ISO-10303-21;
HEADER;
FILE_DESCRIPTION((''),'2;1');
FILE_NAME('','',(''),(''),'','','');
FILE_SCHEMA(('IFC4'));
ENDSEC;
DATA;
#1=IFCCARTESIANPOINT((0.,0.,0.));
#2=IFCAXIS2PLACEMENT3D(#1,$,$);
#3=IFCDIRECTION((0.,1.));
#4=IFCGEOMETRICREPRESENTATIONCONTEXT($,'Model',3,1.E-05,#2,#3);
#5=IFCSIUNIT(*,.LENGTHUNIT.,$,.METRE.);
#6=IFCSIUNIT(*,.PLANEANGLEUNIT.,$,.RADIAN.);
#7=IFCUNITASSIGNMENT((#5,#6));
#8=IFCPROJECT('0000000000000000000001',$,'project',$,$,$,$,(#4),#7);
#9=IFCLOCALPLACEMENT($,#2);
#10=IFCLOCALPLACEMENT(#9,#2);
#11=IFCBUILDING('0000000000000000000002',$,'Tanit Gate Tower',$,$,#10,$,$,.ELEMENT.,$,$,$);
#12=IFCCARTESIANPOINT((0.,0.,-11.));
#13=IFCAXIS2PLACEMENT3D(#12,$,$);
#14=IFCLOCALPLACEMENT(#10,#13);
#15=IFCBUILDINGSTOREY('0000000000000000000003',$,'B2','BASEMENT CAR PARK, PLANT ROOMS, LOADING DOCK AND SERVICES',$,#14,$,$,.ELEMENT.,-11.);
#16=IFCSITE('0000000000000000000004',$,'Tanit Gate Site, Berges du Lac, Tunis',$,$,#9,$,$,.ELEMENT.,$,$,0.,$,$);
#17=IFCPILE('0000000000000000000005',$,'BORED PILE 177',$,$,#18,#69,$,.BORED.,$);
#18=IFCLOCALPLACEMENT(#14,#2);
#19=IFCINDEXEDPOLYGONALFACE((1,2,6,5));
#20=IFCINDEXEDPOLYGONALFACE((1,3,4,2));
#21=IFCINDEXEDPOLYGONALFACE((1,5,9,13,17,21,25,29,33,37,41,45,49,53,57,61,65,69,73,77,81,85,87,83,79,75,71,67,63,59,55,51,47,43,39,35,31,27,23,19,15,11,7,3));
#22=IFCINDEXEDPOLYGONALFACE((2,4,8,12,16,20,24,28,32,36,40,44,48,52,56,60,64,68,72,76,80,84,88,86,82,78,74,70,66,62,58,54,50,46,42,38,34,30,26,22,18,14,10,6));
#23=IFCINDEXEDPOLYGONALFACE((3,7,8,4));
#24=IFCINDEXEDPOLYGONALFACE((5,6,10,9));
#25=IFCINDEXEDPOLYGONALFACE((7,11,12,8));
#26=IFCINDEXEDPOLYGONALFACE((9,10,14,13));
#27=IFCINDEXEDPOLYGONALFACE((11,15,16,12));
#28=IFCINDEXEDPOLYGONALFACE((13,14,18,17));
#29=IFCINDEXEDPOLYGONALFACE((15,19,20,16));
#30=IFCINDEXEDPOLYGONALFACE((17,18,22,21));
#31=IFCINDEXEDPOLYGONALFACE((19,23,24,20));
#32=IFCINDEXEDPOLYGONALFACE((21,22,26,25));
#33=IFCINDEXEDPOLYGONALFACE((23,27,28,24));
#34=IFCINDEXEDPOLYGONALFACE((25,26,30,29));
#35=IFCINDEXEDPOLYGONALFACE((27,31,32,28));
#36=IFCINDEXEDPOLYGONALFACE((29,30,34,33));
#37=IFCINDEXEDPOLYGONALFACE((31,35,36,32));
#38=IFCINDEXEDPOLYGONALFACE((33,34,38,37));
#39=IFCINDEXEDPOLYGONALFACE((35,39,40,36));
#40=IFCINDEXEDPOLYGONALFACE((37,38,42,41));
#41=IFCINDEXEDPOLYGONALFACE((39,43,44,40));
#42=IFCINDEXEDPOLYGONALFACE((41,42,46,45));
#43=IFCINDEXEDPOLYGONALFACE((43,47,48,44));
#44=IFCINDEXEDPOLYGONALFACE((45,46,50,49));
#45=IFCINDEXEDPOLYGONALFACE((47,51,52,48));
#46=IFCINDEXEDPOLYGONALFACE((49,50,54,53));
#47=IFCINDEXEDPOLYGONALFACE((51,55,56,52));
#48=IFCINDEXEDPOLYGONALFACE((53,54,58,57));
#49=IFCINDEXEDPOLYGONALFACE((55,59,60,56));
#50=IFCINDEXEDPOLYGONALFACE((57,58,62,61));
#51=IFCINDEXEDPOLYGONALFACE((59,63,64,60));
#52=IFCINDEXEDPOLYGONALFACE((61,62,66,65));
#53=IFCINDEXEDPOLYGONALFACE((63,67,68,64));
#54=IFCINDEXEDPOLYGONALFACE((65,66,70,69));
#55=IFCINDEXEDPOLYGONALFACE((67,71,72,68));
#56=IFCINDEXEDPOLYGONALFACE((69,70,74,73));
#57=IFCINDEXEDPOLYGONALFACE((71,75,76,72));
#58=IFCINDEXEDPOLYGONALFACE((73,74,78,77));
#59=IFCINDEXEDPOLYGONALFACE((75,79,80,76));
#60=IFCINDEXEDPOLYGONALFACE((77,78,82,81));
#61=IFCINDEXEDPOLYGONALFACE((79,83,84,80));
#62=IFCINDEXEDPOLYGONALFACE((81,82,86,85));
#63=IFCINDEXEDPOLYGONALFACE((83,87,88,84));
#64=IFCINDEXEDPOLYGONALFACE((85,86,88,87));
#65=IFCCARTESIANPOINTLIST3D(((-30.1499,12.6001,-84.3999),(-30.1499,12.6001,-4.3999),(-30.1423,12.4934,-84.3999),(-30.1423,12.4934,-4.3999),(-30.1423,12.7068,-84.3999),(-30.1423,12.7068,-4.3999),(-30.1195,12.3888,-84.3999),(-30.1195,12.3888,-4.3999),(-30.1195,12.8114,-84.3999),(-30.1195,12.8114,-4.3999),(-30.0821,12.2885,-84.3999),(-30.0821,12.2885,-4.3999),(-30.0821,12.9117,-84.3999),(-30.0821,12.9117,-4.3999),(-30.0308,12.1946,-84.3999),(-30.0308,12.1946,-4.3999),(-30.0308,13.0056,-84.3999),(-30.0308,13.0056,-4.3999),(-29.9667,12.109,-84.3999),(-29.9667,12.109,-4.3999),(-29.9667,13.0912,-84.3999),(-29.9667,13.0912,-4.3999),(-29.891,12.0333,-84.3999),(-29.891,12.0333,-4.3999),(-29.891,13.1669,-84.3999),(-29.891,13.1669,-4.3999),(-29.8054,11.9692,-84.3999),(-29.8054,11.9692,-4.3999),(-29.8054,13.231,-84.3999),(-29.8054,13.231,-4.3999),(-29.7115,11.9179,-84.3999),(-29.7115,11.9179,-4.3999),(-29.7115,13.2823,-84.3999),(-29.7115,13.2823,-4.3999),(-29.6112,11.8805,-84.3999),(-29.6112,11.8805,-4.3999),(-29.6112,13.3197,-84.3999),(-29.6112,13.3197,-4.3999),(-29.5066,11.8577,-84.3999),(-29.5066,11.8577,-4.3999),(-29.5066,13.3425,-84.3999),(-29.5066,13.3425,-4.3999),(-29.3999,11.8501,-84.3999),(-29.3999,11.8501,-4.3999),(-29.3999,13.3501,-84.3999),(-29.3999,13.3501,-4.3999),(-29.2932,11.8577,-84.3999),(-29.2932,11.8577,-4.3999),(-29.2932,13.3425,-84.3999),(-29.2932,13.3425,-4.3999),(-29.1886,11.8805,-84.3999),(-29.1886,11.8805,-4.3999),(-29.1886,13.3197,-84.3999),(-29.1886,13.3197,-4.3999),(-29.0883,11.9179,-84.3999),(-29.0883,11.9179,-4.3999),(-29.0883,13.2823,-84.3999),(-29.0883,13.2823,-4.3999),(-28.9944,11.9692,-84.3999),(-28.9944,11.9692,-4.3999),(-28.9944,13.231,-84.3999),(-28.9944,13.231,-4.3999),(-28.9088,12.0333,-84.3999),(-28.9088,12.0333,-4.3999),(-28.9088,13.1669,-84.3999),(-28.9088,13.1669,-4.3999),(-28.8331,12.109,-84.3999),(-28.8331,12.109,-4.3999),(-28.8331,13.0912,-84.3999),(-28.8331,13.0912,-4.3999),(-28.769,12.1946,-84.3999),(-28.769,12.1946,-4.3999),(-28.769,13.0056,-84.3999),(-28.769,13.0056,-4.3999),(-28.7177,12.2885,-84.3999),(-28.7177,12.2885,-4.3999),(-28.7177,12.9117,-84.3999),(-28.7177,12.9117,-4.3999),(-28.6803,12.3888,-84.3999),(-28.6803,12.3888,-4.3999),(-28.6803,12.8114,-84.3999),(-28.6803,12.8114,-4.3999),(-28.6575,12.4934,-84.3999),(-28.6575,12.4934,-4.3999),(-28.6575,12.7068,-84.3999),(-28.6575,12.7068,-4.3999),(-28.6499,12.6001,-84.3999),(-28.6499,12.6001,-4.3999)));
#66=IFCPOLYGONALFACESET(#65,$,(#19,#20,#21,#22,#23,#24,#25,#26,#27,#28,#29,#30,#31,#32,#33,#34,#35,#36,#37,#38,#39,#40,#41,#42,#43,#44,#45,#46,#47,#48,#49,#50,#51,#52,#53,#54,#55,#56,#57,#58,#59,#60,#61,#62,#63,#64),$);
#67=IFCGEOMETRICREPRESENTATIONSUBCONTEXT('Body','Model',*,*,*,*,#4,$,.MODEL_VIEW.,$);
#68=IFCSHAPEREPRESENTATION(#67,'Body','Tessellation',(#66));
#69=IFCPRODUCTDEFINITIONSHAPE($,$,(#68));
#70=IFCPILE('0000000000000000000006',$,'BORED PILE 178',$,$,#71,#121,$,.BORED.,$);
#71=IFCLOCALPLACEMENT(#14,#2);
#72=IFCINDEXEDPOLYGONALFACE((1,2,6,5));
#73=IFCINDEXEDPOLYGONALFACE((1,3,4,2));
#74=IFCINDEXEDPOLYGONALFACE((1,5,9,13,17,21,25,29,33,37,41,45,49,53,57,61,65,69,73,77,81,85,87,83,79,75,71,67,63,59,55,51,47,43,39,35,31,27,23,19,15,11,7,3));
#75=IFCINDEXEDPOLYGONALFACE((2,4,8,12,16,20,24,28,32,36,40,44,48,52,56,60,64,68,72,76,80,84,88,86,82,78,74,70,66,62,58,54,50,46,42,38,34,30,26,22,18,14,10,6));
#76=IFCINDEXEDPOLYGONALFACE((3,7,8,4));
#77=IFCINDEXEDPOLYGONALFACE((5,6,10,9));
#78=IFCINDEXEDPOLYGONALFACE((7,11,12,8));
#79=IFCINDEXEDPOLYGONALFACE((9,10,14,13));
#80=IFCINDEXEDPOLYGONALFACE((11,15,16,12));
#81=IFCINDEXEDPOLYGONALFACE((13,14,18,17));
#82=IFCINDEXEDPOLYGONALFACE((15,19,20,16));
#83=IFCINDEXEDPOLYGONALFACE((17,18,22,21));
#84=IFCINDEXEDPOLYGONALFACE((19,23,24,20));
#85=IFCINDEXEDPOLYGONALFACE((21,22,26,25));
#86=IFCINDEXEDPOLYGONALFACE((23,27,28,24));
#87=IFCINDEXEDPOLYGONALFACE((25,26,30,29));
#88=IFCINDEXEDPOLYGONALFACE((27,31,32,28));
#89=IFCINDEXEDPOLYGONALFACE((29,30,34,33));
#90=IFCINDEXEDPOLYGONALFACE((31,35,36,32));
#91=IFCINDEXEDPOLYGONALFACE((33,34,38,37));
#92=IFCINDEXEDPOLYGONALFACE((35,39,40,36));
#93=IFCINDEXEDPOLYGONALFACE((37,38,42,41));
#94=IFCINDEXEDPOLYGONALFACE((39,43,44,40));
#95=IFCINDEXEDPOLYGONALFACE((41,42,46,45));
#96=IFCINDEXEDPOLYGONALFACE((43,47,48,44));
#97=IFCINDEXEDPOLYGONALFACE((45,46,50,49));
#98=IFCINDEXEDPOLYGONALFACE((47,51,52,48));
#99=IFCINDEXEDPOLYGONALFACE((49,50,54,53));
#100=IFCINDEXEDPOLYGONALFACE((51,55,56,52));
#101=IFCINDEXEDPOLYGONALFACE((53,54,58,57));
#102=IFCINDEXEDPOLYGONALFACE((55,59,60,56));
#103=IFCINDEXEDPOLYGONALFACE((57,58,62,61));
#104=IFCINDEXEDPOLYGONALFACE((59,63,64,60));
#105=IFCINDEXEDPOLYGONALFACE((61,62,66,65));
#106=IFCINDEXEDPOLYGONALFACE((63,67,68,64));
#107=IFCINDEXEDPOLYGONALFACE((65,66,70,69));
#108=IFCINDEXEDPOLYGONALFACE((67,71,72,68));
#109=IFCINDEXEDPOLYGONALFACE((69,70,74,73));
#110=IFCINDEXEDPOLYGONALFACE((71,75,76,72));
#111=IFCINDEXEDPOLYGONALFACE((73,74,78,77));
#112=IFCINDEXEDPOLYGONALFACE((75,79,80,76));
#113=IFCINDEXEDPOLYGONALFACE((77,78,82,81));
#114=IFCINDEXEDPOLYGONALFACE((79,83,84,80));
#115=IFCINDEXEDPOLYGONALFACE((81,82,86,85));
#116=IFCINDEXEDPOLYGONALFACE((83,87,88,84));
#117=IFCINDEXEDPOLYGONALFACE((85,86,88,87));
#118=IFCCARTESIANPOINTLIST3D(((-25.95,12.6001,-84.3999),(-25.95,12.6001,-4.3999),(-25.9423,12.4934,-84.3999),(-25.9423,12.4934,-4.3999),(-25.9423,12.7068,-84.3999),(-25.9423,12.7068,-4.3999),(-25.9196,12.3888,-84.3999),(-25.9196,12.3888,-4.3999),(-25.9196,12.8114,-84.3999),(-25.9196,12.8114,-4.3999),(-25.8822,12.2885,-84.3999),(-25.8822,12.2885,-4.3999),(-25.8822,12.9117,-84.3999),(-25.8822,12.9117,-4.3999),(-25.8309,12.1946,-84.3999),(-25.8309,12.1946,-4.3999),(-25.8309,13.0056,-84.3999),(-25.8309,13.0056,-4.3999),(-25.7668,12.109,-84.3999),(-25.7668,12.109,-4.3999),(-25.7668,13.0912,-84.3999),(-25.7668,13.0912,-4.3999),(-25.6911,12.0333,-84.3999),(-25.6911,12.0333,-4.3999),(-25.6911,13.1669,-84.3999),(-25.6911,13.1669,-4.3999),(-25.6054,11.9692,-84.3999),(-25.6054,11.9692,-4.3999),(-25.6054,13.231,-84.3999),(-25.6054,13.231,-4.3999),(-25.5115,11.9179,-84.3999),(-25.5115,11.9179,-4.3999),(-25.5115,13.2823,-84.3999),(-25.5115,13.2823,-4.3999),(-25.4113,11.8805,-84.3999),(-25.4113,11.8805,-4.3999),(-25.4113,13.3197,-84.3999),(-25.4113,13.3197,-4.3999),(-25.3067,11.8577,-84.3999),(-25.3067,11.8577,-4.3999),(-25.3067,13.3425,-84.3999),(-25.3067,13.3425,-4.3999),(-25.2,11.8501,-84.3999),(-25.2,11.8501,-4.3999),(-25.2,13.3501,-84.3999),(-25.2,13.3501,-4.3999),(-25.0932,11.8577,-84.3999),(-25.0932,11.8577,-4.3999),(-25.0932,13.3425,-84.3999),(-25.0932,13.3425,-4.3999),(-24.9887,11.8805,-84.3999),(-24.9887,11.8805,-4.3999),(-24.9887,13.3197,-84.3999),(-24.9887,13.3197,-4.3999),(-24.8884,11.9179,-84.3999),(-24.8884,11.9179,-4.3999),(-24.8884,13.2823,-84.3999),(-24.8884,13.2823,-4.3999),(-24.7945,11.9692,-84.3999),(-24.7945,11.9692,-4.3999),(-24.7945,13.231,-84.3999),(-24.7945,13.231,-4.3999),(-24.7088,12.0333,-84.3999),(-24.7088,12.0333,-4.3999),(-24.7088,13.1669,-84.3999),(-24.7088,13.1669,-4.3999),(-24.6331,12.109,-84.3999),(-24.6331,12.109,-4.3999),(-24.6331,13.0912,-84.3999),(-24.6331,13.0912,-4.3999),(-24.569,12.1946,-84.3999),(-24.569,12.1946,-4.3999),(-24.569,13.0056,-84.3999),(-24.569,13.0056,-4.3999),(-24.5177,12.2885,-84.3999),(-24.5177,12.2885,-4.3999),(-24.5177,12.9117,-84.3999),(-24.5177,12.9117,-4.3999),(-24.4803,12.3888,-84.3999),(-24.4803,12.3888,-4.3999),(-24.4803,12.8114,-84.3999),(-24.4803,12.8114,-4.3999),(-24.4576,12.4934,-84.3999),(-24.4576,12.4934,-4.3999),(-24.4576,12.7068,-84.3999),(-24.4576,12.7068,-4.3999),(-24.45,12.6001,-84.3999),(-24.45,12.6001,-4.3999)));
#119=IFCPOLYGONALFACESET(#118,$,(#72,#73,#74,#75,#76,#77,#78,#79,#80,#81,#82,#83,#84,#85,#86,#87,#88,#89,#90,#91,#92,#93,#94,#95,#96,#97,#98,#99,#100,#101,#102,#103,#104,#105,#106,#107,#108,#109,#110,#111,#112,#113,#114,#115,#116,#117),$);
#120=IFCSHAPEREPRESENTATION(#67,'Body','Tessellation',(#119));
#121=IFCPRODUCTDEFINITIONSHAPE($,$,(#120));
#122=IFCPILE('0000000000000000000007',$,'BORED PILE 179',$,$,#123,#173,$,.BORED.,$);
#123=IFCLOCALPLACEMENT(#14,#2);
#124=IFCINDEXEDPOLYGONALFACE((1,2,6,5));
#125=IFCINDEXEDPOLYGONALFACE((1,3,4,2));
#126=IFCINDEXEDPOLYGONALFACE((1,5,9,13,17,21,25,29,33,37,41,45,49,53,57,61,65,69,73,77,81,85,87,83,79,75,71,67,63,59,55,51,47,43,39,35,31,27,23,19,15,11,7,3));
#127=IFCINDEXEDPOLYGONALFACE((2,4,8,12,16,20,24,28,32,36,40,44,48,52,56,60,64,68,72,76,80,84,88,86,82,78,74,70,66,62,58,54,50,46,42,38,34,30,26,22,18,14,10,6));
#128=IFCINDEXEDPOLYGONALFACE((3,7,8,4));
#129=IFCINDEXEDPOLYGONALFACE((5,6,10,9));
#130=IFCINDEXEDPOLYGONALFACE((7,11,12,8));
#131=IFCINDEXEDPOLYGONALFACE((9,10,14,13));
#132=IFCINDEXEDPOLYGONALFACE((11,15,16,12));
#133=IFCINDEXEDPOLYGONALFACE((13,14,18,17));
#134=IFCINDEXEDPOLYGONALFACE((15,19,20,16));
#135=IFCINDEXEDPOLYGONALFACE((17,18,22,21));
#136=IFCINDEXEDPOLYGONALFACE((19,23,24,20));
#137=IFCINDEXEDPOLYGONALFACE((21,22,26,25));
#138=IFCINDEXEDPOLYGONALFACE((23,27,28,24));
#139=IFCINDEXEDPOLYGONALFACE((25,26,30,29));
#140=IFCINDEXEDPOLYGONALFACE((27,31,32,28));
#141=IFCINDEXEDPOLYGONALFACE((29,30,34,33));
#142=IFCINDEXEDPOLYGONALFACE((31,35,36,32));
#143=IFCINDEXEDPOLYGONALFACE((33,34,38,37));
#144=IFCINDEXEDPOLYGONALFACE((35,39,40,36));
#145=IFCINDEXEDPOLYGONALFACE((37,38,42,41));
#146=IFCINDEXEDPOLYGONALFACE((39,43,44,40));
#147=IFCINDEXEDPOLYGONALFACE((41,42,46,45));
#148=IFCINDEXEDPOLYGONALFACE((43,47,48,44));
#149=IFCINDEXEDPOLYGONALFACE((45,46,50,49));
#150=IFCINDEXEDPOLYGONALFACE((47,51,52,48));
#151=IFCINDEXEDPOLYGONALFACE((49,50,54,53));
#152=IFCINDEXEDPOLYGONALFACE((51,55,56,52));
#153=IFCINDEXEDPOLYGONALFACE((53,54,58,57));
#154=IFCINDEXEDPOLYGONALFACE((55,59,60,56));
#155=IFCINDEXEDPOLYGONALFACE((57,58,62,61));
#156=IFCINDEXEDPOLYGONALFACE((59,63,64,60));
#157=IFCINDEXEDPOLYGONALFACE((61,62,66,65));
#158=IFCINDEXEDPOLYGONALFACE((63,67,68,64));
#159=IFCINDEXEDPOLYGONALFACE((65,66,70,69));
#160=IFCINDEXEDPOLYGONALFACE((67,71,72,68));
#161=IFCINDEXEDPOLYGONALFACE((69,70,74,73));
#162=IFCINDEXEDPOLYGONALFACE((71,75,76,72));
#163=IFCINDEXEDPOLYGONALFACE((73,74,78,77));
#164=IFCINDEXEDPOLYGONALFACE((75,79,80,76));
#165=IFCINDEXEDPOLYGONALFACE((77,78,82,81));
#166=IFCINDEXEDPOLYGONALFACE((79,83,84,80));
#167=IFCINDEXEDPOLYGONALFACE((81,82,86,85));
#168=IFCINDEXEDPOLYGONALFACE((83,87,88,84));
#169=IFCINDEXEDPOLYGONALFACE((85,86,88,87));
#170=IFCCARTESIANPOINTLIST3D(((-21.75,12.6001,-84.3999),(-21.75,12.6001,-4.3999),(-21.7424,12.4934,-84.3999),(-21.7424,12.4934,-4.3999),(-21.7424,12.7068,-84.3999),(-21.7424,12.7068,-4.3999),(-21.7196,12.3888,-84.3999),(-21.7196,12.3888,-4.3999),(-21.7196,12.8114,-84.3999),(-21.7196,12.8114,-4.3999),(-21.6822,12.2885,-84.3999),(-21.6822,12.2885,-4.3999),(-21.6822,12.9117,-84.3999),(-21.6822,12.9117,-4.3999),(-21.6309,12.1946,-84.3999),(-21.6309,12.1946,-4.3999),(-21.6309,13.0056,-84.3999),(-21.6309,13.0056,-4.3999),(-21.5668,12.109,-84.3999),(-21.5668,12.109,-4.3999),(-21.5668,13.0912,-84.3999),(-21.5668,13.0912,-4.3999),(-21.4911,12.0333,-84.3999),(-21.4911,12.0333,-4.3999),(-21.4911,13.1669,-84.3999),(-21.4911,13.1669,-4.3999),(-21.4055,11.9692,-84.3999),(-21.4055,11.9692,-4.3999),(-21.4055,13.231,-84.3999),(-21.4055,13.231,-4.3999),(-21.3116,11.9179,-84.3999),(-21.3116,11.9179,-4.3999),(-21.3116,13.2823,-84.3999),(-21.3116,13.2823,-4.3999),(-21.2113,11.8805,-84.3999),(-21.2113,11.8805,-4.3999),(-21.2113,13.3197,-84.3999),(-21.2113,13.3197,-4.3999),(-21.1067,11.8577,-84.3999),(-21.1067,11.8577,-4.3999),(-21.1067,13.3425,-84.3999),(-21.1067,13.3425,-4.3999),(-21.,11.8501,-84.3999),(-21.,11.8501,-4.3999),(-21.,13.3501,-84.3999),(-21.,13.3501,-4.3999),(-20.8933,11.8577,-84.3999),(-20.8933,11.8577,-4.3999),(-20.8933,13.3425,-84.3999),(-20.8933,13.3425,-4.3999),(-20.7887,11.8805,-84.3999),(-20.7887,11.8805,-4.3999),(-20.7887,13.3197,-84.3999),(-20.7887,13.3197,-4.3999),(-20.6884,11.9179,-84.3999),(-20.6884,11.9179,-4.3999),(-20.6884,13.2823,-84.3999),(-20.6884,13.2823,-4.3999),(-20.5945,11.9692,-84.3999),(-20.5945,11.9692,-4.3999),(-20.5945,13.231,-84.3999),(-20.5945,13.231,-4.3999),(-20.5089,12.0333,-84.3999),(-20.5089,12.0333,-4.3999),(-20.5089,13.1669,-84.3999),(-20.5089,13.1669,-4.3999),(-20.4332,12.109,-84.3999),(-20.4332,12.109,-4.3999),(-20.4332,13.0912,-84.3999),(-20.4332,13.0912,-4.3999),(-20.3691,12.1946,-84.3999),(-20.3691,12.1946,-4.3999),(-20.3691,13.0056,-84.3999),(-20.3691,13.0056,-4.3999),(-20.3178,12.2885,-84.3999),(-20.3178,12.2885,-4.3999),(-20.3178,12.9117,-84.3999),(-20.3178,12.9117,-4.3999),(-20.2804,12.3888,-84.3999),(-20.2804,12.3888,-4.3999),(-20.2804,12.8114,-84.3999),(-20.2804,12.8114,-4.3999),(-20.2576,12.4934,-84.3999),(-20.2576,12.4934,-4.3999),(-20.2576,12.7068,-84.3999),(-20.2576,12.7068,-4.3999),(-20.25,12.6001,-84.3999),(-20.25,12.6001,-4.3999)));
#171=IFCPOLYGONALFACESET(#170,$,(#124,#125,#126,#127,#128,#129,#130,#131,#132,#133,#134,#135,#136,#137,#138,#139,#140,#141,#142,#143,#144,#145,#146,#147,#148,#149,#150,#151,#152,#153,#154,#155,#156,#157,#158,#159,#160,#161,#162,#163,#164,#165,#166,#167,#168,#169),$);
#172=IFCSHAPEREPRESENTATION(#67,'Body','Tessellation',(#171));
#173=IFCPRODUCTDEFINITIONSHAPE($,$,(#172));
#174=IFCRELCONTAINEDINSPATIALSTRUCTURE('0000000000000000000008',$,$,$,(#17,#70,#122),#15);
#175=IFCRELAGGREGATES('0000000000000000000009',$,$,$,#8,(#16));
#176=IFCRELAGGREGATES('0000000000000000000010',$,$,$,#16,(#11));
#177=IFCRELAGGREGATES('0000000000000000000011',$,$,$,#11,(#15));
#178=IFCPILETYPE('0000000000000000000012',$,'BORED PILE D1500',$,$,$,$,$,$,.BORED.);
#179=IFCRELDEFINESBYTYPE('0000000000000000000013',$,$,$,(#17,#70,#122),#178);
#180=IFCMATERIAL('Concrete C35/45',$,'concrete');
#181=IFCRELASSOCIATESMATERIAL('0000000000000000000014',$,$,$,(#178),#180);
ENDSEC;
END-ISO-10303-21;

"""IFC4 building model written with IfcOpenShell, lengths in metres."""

from ifc_helpers import new_model, si_unit, direction, frame, origin, origin_2d, place, context, subcontext, project, spatial, circle, extrude, material, material_profile, profile_set, type_object, element, save


model = new_model("IFC4")

# Units and contexts
model_context = context("Model", 3, precision=1e-05, world=origin(), true_north=direction((0.0, 1.0)))
body_context = subcontext(model_context, "Body", "Model", "MODEL_VIEW")
ifc_project = project(units=[si_unit("LENGTHUNIT", "METRE"), si_unit("PLANEANGLEUNIT", "RADIAN")], contexts=[model_context])

# Site, building, storey
site_placement = place(None, origin())
site = spatial("IfcSite", under=ifc_project, at=site_placement, Name="Tanit Gate Site, Berges du Lac, Tunis", CompositionType="ELEMENT", RefElevation=0.0)
building_placement = place(site_placement, origin())
building = spatial("IfcBuilding", under=site, at=building_placement, Name="Tanit Gate Tower", CompositionType="ELEMENT")
storey_placement = place(building_placement, frame((0.0, 0.0, -11.0)))
storey = spatial("IfcBuildingStorey", under=building, at=storey_placement, Name="B2", Description="BASEMENT CAR PARK, PLANT ROOMS, LOADING DOCK AND SERVICES", CompositionType="ELEMENT", Elevation=-11.0)

# Piles
ifc_material_1 = material(Name="Concrete C35/45", Category="concrete")
ifc_material_profile_1 = material_profile(ifc_material_1, circle(Radius=0.75, at=origin_2d()), Name="BORED PILE D1500 C35/45")
ifc_profile_set_1 = profile_set([ifc_material_profile_1], Name="Concrete C35/45")
pile_type = type_object("IfcPileType", Name="BORED PILE D1500", PredefinedType="BORED", material=ifc_profile_set_1)
for number, where, z_axis, x_axis, name in (
    (1, (-29.3999, 12.6001, -4.3999), (0.0, 0.0, -1.0), (1.0, 0.0, 0.0), "BORED PILE 177"),
    (2, (-25.2, 12.6001, -4.3999), (0.0, 0.0, -1.0), (1.0, 0.0, 0.0), "BORED PILE 178"),
    (3, (-21.0, 12.6001, -4.3999), (0.0, 0.0, -1.0), (1.0, 0.0, 0.0), "BORED PILE 179"),
):
    element("IfcPile", number, at=place(storey_placement, frame(where, z_axis=z_axis, x_axis=x_axis)), inside=storey, type_object=pile_type, Name=name, PredefinedType="BORED", context=body_context, shape_type="SweptSolid", body=[
        extrude(circle(Radius=0.75, at=origin_2d()), origin(), (0.0, 0.0, 1.0), 80.0),
    ])

save(model, "model.ifc")
